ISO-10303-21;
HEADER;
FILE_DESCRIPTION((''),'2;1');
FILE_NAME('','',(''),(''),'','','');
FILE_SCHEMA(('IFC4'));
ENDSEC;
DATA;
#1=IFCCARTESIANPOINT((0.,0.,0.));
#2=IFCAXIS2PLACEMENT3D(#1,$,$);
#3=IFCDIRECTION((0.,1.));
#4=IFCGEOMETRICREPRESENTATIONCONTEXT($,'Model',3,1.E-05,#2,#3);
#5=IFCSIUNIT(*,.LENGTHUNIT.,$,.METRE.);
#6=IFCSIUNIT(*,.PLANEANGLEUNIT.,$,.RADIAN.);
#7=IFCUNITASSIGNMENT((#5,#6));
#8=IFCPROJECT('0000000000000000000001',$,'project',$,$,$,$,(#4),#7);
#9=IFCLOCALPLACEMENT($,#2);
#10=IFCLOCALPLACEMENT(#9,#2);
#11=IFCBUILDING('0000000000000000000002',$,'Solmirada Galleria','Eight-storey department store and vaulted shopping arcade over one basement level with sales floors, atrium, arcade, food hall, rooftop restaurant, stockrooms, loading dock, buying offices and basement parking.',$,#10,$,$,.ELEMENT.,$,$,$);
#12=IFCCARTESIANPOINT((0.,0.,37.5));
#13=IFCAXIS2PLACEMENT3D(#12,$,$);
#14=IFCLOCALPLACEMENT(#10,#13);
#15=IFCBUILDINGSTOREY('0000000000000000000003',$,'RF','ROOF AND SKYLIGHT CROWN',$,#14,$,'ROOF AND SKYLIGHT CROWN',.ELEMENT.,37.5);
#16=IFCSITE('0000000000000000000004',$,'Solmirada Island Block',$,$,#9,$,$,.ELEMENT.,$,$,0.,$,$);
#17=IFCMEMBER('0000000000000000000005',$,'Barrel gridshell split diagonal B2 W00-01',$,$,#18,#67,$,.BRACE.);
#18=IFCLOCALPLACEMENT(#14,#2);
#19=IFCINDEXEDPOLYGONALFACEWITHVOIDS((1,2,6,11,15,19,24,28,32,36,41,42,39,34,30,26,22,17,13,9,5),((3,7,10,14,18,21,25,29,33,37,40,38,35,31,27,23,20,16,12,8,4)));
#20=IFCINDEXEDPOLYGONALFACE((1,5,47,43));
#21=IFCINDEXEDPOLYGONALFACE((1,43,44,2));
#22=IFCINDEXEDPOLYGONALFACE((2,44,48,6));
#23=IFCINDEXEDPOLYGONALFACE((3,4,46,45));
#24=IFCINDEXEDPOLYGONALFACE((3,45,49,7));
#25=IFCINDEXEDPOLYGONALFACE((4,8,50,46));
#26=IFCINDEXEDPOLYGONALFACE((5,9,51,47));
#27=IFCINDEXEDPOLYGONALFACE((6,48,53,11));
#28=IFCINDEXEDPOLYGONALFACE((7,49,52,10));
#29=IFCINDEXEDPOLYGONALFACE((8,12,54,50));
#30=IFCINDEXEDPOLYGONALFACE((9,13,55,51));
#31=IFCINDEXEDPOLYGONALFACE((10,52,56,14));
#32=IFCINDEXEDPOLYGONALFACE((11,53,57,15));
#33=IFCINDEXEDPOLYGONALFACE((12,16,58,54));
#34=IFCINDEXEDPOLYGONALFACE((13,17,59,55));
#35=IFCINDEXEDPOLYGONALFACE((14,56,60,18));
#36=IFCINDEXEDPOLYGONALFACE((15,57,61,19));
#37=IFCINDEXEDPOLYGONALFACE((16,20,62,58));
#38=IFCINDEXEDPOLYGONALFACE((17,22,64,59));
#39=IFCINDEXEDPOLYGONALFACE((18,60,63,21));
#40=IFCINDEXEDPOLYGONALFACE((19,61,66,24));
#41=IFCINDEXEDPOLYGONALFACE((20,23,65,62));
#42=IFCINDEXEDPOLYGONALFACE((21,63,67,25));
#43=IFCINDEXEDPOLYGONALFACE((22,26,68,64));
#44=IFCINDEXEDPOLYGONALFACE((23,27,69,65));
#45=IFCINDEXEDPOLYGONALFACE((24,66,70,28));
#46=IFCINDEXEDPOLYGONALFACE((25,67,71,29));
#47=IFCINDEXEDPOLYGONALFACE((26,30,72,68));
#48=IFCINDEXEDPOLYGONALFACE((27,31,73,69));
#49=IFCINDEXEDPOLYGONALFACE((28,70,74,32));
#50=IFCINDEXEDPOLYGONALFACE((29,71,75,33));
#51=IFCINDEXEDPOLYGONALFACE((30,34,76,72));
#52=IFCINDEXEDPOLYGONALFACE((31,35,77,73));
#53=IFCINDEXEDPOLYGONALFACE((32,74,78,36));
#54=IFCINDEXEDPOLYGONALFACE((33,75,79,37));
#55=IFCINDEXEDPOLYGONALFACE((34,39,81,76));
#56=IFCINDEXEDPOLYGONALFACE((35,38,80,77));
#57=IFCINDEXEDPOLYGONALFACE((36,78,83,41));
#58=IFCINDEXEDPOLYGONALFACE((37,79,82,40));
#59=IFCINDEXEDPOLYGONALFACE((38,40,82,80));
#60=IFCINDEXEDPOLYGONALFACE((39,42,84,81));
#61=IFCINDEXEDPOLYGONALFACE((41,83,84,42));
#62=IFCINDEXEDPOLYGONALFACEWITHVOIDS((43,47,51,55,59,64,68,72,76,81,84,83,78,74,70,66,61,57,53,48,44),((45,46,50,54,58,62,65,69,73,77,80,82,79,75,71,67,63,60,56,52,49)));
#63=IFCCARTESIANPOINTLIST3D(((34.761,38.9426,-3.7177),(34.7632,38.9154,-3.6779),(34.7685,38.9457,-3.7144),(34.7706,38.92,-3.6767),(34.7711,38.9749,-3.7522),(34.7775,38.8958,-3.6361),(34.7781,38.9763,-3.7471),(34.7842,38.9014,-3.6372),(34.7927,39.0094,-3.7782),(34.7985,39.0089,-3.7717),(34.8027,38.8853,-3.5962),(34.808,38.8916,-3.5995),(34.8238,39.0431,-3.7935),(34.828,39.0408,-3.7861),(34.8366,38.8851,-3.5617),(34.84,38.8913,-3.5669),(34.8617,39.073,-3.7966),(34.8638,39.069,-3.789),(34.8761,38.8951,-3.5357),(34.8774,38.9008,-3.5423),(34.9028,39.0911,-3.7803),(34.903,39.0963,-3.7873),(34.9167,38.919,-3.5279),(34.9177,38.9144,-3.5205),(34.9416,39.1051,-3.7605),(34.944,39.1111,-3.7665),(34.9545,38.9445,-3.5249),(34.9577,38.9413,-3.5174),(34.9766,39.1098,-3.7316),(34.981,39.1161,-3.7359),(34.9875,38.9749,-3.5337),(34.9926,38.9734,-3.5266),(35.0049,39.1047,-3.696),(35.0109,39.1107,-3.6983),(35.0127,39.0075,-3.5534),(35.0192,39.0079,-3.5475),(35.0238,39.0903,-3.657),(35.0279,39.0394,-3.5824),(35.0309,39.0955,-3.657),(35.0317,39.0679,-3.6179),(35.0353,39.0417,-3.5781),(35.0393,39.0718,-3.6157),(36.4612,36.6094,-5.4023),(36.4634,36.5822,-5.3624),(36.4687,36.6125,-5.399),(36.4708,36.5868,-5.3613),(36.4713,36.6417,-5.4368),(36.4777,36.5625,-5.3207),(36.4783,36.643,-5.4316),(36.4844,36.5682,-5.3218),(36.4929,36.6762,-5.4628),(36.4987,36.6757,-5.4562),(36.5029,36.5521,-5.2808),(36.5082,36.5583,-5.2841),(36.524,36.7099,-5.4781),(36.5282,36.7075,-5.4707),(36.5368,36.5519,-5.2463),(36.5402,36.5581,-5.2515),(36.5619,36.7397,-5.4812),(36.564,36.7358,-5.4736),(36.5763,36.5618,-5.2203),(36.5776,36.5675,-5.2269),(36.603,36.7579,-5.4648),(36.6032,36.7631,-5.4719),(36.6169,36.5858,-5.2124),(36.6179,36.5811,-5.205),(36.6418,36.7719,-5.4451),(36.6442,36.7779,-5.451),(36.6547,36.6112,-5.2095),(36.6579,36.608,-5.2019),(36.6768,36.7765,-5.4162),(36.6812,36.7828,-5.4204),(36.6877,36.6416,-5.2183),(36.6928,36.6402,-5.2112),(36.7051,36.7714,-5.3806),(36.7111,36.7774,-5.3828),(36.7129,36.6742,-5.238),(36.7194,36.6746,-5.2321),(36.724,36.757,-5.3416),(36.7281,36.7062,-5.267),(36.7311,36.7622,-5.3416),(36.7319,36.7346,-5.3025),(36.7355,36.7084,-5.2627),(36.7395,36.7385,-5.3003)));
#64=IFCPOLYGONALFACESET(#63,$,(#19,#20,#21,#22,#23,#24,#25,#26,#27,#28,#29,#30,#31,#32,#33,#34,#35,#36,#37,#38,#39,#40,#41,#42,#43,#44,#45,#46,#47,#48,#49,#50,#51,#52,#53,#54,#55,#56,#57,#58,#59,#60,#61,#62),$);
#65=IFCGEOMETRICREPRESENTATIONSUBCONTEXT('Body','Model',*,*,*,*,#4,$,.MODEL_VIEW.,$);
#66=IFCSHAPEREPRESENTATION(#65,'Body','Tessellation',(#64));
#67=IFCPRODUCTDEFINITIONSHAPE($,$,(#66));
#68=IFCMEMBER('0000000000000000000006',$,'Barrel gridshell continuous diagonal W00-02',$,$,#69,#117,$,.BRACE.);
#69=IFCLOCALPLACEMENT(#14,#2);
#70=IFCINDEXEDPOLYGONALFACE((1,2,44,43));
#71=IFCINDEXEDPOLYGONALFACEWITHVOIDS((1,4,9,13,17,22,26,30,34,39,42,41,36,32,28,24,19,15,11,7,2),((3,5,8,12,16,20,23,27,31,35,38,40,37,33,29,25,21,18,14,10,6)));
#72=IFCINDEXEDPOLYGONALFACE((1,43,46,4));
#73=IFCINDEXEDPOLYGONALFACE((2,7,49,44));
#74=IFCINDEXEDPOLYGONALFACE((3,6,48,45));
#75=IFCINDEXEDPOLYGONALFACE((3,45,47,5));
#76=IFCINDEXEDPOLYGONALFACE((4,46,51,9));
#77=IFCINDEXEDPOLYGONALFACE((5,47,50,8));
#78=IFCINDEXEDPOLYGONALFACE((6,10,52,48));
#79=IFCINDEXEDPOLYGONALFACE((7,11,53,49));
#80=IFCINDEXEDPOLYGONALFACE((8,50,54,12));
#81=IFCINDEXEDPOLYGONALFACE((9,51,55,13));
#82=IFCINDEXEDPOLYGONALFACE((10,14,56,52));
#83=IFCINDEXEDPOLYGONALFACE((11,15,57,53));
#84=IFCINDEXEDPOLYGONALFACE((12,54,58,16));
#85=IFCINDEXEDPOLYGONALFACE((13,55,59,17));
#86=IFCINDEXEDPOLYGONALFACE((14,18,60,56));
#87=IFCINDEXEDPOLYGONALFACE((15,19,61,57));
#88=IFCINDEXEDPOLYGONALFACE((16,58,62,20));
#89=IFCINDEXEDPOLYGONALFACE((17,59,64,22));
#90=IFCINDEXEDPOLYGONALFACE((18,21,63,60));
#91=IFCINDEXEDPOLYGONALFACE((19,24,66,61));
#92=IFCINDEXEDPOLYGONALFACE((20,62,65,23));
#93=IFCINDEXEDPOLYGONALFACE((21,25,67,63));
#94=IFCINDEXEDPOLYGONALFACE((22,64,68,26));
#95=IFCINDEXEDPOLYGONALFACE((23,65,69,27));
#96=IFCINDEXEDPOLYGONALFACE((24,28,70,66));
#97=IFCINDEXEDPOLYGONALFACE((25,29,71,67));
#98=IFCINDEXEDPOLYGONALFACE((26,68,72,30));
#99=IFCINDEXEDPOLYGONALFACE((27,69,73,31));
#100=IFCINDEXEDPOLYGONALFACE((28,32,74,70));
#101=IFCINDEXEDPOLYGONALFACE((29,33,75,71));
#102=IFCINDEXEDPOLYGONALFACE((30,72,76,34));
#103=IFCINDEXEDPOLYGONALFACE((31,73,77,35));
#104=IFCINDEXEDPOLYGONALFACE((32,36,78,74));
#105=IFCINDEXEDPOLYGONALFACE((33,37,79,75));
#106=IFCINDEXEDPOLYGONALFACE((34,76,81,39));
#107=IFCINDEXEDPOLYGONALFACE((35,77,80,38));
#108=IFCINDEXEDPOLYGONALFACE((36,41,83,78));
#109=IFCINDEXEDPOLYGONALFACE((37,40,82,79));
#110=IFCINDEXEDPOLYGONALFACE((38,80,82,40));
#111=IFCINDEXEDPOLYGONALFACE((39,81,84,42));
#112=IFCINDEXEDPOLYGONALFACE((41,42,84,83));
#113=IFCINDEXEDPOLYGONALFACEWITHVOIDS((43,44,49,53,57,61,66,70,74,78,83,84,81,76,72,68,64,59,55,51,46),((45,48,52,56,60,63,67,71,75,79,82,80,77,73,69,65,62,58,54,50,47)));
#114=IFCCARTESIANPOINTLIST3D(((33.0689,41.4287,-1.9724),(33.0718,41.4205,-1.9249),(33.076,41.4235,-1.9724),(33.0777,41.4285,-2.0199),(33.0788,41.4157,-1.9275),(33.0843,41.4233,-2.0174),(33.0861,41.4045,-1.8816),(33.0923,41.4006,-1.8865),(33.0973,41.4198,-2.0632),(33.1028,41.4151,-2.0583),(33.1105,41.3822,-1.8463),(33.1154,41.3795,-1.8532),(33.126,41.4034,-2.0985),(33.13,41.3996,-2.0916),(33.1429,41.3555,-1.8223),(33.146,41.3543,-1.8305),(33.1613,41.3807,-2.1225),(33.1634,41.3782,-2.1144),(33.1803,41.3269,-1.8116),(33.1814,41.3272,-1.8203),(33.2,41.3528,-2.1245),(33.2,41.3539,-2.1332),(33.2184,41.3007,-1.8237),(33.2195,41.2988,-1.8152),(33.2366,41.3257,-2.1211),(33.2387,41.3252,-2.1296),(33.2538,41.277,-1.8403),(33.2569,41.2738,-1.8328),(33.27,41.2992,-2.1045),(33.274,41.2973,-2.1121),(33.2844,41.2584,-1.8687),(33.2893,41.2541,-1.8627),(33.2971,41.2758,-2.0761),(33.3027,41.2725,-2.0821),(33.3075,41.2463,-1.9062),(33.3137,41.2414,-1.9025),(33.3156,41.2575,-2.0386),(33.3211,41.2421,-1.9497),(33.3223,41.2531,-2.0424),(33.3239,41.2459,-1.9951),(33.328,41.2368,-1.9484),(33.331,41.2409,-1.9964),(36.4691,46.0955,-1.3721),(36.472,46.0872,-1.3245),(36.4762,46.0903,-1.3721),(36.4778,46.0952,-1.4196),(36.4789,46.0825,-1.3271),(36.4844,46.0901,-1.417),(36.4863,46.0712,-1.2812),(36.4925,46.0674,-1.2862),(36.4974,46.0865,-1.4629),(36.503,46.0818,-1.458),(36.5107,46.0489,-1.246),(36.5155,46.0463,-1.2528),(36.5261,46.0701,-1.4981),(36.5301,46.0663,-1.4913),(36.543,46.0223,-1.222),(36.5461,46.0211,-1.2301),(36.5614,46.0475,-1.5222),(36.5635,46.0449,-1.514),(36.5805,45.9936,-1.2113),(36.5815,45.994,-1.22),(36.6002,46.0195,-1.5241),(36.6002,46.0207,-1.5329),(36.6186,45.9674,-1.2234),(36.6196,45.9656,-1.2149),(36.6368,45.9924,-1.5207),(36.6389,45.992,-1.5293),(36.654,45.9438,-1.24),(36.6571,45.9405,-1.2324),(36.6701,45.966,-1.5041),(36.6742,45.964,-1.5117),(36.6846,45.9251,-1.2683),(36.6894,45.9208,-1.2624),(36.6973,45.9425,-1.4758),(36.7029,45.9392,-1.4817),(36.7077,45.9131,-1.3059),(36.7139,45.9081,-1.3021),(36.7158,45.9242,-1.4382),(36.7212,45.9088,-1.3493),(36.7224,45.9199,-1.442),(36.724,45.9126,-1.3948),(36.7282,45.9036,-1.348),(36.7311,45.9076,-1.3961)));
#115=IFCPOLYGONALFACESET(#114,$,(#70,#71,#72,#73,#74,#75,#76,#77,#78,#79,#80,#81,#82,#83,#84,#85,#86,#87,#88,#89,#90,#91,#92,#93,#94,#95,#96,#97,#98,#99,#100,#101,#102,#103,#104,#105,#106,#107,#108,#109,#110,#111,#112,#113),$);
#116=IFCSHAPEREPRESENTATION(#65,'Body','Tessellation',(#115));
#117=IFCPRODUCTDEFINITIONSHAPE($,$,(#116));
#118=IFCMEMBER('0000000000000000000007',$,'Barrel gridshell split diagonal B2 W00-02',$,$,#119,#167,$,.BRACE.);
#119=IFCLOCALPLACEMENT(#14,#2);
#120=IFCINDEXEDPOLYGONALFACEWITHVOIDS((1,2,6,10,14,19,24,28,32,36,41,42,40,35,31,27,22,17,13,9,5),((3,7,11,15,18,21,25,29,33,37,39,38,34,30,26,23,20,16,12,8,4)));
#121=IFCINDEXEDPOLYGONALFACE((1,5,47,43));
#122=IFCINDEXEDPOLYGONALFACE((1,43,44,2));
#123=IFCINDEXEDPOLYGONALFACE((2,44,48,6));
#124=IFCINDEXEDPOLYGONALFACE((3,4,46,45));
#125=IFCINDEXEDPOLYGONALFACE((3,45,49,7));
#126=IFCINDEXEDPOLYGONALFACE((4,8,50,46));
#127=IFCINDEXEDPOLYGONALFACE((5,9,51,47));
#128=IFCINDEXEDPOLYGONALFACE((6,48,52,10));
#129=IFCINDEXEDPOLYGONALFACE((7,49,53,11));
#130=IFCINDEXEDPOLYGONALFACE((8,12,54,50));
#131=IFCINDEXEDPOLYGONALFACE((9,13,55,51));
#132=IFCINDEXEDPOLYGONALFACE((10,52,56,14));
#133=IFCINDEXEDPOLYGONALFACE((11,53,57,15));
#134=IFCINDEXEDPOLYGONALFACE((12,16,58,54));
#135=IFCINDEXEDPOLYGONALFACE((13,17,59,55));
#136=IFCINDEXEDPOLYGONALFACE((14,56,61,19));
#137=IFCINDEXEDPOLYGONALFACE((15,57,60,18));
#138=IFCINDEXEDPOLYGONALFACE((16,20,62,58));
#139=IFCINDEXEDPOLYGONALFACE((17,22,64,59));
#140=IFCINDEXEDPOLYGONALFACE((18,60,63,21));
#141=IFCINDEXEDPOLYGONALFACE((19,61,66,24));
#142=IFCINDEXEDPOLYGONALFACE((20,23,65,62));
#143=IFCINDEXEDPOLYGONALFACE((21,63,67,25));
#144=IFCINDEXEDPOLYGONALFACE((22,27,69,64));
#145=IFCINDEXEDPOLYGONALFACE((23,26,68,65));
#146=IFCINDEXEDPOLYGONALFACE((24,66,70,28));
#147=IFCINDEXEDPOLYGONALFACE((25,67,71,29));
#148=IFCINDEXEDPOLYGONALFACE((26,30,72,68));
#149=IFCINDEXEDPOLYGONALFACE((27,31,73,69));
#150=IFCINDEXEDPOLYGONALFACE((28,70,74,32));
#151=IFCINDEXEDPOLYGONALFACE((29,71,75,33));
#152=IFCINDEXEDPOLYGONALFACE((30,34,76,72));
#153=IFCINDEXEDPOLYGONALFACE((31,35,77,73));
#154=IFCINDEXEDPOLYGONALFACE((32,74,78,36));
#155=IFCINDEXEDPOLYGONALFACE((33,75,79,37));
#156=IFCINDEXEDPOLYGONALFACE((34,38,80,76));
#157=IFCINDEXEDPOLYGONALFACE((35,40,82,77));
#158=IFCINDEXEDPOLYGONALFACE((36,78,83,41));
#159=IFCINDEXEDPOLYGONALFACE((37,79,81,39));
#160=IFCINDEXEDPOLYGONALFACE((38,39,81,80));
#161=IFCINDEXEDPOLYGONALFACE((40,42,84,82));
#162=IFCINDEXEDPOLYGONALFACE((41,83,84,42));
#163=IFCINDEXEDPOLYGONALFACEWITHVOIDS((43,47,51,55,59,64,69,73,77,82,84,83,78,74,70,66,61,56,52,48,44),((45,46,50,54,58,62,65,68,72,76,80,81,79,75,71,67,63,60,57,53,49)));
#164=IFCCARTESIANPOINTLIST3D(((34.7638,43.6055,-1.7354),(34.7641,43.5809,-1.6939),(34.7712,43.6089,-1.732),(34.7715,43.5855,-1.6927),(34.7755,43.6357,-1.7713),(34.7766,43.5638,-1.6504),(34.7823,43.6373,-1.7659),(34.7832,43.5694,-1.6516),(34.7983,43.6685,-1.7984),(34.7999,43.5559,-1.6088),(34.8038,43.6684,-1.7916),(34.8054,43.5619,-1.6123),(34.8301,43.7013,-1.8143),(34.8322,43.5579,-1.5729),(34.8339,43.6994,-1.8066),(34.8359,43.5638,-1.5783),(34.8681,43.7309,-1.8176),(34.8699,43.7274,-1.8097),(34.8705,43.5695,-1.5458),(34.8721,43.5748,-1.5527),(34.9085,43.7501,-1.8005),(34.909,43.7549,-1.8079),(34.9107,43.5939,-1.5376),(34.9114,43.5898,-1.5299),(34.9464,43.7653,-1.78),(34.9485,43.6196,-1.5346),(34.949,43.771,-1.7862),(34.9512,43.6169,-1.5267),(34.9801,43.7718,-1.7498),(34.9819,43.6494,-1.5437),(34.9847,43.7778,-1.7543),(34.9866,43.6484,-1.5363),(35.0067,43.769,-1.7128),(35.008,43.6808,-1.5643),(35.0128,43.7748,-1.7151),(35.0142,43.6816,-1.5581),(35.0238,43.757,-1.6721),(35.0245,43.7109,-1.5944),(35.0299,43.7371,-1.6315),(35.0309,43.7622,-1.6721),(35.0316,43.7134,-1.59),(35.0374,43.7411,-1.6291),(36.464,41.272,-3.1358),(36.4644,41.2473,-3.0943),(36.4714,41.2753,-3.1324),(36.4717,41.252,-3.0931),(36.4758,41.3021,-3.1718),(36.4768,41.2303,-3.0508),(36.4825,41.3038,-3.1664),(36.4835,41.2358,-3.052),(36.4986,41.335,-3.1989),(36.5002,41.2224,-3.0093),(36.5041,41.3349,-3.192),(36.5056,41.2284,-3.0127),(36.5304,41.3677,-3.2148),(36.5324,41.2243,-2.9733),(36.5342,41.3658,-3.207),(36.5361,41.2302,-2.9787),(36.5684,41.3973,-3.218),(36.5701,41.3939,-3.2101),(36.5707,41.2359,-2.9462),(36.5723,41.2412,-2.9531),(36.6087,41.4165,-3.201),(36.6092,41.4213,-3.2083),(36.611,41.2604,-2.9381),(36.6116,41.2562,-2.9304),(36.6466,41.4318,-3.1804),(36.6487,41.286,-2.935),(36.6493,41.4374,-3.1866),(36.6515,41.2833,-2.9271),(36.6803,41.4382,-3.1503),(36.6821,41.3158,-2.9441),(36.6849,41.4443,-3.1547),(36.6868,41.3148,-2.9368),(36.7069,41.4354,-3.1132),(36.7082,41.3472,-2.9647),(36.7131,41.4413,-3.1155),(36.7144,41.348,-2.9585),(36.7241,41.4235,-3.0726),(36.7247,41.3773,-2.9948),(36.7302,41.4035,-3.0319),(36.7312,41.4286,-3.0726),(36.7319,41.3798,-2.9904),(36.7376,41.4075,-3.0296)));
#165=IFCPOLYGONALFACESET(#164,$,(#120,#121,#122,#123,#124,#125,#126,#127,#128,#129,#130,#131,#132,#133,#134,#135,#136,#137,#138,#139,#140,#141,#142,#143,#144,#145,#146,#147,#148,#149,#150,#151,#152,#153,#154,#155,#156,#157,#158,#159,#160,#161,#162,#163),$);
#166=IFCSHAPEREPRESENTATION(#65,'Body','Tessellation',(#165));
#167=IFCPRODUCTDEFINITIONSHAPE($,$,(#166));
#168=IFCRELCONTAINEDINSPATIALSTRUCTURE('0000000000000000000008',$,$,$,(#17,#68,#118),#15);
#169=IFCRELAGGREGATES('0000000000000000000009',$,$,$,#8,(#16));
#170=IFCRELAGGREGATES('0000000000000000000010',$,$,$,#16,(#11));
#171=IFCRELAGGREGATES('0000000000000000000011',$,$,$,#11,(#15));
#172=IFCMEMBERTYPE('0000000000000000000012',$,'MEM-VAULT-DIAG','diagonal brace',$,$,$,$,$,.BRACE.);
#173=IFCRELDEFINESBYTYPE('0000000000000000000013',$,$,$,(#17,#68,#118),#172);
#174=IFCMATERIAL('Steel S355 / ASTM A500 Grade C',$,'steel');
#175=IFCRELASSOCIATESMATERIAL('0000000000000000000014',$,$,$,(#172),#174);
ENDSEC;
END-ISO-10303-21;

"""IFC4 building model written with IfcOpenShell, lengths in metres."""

from ifc_helpers import new_model, si_unit, direction, frame, origin, origin_2d, place, context, subcontext, project, spatial, hollow_circle, extrude, material, material_profile, profile_set, type_object, element, save


model = new_model("IFC4")

# Units and contexts
model_context = context("Model", 3, precision=1e-05, world=origin(), true_north=direction((0.0, 1.0)))
body_context = subcontext(model_context, "Body", "Model", "MODEL_VIEW")
ifc_project = project(units=[si_unit("LENGTHUNIT", "METRE"), si_unit("PLANEANGLEUNIT", "RADIAN")], contexts=[model_context])

# Site, building, storey
site_placement = place(None, origin())
site = spatial("IfcSite", under=ifc_project, at=site_placement, Name="Solmirada Island Block", CompositionType="ELEMENT", RefElevation=0.0)
building_placement = place(site_placement, origin())
building = spatial("IfcBuilding", under=site, at=building_placement, Name="Solmirada Galleria", Description="Eight-storey department store and vaulted shopping arcade over one basement level with sales floors, atrium, arcade, food hall, rooftop restaurant, stockrooms, loading dock, buying offices and basement parking.", CompositionType="ELEMENT")
storey_placement = place(building_placement, frame((0.0, 0.0, 37.5)))
storey = spatial("IfcBuildingStorey", under=building, at=storey_placement, Name="RF", Description="ROOF AND SKYLIGHT CROWN", LongName="ROOF AND SKYLIGHT CROWN", CompositionType="ELEMENT", Elevation=37.5)

# Members
ifc_material_1 = material(Name="Steel S355 / ASTM A500 Grade C", Category="steel")
ifc_material_profile_1 = material_profile(ifc_material_1, hollow_circle(Radius=0.1621, WallThickness=0.0088, at=origin_2d()), Name="HSS12.750X0.375")
ifc_profile_set_1 = profile_set([ifc_material_profile_1], Name="Steel S355 / ASTM A500 Grade C")
member_type_1 = type_object("IfcMemberType", Name="MEM-VAULT-DIAG", Description="diagonal brace", PredefinedType="BRACE", material=ifc_profile_set_1)
member_1_placement = place(storey_placement, frame((34.8999, 39.0, -3.657), z_axis=(0.508655, -0.69805, -0.503981), x_axis=(0.808195, 0.588916, 0.0)))
element("IfcMember", 1, at=member_1_placement, inside=storey, type_object=member_type_1, Name="Barrel gridshell split diagonal B2 W00-01", PredefinedType="BRACE", context=body_context, shape_type="SweptSolid", body=[
    extrude(hollow_circle(Radius=0.1621, WallThickness=0.0088, at=origin_2d()), origin(), (0.0, 0.0, 1.0), 3.3425),
])
member_2_placement = place(storey_placement, frame((33.2, 41.3333, -1.9724), z_axis=(0.585711, 0.803896, 0.103415), x_axis=(-0.808229, 0.588868, 0.0)))
element("IfcMember", 2, at=member_2_placement, inside=storey, type_object=member_type_1, Name="Barrel gridshell continuous diagonal W00-02", PredefinedType="BRACE", context=body_context, shape_type="SweptSolid", body=[
    extrude(hollow_circle(Radius=0.1621, WallThickness=0.0088, at=origin_2d()), origin(), (0.0, 0.0, 1.0), 5.8052),
])
member_3_placement = place(storey_placement, frame((34.8999, 43.6667, -1.6721), z_axis=(0.529839, -0.727198, -0.43641), x_axis=(0.808224, 0.588875, 0.0)))
element("IfcMember", 3, at=member_3_placement, inside=storey, type_object=member_type_1, Name="Barrel gridshell split diagonal B2 W00-02", PredefinedType="BRACE", context=body_context, shape_type="SweptSolid", body=[
    extrude(hollow_circle(Radius=0.1621, WallThickness=0.0088, at=origin_2d()), origin(), (0.0, 0.0, 1.0), 3.209),
])

save(model, "model.ifc")
